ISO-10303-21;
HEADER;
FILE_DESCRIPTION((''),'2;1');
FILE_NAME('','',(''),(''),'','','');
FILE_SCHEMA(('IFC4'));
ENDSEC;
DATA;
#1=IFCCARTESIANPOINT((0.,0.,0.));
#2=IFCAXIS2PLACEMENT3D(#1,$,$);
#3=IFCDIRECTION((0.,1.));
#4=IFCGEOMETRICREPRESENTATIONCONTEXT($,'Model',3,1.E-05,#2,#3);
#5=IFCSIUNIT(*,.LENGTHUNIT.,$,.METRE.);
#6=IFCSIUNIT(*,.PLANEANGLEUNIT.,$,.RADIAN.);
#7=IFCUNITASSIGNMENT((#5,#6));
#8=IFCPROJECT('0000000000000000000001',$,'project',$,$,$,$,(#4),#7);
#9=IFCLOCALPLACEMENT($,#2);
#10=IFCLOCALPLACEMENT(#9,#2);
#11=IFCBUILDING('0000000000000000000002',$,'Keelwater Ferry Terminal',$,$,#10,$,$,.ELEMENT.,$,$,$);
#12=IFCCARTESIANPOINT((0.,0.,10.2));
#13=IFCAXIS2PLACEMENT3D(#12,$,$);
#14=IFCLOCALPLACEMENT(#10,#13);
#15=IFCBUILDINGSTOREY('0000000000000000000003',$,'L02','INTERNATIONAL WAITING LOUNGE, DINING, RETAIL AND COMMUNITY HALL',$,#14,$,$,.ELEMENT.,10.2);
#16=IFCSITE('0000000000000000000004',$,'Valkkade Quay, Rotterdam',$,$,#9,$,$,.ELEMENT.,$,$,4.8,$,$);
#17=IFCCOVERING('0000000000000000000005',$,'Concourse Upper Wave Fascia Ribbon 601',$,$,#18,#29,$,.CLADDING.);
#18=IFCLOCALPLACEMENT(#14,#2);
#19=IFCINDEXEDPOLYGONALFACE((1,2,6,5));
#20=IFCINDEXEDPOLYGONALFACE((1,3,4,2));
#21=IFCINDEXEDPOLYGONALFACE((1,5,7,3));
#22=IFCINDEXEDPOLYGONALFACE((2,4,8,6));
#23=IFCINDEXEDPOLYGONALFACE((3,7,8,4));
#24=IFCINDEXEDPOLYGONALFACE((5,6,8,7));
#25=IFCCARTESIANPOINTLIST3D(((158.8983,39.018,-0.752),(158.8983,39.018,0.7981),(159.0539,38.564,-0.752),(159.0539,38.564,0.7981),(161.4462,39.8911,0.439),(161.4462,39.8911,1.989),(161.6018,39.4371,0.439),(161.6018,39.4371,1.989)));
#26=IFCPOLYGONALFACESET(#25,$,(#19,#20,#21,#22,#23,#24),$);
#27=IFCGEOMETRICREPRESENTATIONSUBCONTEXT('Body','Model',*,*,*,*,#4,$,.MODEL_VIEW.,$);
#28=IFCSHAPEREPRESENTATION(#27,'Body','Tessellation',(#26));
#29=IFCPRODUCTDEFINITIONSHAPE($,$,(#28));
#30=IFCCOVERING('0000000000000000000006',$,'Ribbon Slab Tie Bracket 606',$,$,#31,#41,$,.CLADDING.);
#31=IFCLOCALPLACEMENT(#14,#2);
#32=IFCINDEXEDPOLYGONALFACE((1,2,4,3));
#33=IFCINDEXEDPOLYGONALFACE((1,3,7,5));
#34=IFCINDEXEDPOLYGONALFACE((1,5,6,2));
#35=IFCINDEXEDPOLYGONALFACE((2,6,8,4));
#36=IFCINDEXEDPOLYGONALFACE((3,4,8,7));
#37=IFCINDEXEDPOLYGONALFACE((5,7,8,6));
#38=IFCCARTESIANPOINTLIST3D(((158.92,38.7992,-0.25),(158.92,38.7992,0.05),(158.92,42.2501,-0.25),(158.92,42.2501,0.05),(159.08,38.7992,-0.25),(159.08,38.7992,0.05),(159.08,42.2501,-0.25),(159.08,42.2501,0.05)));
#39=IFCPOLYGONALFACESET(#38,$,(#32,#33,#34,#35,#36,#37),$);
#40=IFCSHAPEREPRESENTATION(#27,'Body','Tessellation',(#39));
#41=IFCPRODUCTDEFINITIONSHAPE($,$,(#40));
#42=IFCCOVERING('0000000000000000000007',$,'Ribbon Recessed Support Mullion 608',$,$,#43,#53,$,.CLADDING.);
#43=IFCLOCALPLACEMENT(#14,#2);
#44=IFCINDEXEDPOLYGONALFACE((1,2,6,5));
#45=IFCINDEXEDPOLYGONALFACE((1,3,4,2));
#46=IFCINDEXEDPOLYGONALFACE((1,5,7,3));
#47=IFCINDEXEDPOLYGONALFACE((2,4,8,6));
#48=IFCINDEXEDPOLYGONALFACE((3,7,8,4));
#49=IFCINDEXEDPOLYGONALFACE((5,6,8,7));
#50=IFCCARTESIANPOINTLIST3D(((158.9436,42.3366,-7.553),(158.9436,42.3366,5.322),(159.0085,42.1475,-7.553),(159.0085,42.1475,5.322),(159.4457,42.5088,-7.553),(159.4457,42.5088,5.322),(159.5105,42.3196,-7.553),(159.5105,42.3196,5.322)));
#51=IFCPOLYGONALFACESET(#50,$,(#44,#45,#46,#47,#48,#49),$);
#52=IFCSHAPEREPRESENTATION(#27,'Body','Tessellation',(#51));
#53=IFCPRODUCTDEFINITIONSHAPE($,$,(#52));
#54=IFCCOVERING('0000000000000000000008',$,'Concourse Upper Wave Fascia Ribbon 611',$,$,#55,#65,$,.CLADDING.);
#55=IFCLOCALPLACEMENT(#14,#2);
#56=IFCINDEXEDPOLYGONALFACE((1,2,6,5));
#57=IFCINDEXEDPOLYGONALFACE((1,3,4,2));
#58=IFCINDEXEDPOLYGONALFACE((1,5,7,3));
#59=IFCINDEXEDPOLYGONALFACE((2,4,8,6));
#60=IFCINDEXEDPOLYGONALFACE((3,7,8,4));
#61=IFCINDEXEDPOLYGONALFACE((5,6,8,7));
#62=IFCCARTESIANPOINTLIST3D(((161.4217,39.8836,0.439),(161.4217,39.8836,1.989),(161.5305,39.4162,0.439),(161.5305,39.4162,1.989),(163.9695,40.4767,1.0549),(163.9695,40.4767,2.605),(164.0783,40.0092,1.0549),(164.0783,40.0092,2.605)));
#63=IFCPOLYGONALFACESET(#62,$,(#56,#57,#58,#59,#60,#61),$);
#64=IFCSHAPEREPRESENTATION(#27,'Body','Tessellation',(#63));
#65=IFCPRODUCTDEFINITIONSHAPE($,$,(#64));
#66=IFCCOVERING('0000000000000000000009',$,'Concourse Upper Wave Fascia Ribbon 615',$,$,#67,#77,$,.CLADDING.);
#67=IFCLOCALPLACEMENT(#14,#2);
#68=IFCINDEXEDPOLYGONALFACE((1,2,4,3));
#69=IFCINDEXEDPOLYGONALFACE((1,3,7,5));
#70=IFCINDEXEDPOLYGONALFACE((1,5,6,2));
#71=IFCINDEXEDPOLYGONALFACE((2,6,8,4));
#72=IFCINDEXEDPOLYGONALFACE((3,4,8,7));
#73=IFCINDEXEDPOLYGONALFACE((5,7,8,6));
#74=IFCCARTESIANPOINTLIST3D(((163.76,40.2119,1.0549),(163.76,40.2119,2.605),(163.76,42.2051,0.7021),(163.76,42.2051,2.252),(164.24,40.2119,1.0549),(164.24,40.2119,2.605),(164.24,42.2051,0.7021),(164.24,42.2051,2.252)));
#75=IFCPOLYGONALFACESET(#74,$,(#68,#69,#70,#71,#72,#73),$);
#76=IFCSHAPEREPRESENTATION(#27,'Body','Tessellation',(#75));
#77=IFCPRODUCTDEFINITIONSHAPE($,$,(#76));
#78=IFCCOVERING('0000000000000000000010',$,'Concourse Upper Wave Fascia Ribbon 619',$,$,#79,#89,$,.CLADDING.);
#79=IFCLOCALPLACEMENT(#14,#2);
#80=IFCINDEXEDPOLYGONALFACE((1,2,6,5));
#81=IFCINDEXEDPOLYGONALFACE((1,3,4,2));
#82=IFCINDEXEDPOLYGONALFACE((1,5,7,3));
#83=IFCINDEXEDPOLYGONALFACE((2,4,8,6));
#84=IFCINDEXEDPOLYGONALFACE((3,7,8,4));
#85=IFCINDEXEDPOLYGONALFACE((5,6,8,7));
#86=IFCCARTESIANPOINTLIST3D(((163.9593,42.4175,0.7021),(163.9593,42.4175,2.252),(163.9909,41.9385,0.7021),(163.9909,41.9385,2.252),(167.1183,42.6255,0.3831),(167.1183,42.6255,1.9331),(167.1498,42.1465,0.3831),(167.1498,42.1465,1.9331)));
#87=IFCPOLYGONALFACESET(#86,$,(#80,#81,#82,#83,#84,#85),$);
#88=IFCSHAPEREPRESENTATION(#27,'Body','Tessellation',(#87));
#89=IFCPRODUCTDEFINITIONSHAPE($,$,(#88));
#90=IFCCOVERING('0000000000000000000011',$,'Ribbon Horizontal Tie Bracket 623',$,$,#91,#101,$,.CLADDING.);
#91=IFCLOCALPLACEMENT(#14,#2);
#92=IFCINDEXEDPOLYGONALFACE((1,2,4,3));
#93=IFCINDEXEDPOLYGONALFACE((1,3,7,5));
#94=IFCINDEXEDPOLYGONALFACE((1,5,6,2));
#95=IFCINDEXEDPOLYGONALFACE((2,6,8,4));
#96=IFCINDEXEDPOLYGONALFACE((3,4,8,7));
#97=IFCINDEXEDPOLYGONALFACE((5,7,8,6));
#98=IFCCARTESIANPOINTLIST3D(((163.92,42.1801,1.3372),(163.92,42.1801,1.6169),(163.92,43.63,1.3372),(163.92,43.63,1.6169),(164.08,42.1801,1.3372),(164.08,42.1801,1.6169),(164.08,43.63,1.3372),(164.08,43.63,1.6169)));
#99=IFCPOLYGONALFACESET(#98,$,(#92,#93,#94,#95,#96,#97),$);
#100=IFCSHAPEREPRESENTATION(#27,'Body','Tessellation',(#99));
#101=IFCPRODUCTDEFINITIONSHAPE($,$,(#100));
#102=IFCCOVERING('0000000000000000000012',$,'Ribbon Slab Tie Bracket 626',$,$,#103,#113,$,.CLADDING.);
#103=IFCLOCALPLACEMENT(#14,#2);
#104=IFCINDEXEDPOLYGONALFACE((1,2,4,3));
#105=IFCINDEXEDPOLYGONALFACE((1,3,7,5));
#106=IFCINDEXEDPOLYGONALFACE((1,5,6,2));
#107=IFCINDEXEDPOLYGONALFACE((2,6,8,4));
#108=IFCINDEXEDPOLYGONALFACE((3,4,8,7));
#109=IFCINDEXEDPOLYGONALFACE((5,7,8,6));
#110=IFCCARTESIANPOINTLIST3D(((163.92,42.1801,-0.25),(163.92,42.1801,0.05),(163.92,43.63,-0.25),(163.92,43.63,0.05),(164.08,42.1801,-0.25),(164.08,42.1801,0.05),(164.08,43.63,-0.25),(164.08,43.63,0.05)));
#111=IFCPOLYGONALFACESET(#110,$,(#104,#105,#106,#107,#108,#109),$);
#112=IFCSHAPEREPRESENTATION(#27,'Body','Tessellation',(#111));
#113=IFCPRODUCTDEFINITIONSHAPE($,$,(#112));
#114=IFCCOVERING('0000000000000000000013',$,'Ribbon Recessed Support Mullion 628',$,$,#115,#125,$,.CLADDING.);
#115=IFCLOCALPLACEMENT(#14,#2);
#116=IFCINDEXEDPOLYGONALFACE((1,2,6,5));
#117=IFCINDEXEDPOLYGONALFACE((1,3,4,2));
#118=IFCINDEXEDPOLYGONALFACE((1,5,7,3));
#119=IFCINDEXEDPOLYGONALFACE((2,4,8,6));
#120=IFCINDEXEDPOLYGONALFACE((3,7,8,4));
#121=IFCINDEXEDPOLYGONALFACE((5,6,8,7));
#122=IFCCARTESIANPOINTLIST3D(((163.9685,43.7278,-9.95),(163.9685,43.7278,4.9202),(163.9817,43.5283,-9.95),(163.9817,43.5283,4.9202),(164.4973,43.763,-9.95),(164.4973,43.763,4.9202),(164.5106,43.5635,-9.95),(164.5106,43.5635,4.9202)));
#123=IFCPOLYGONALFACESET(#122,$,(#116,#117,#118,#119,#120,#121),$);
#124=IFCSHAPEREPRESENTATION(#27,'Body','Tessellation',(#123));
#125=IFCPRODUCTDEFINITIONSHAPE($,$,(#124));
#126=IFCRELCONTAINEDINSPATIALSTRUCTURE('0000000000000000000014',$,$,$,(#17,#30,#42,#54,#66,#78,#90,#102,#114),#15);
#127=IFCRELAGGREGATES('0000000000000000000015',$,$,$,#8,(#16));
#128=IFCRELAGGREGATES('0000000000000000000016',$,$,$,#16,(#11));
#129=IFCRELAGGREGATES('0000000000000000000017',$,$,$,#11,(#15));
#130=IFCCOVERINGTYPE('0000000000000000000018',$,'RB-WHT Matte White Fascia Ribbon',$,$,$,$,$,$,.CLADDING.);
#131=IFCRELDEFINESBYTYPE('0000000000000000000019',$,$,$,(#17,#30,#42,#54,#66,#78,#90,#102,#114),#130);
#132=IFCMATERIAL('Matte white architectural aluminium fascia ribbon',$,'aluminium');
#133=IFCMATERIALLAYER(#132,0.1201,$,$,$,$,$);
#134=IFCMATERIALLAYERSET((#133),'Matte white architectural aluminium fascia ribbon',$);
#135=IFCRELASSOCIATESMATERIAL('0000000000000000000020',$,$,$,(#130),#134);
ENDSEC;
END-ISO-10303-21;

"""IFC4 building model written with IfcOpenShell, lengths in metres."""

from ifc_helpers import new_model, si_unit, direction, frame, frame_2d, origin, place, context, subcontext, project, spatial, polyline, rectangle, outline, extrude, material, layer, layer_set, type_object, element, save


model = new_model("IFC4")

# Units and contexts
model_context = context("Model", 3, precision=1e-05, world=origin(), true_north=direction((0.0, 1.0)))
body_context = subcontext(model_context, "Body", "Model", "MODEL_VIEW")
ifc_project = project(units=[si_unit("LENGTHUNIT", "METRE"), si_unit("PLANEANGLEUNIT", "RADIAN")], contexts=[model_context])

# Site, building, storey
site_placement = place(None, origin())
site = spatial("IfcSite", under=ifc_project, at=site_placement, Name="Valkkade Quay, Rotterdam", CompositionType="ELEMENT", RefElevation=4.8)
building_placement = place(site_placement, origin())
building = spatial("IfcBuilding", under=site, at=building_placement, Name="Keelwater Ferry Terminal", CompositionType="ELEMENT")
storey_placement = place(building_placement, frame((0.0, 0.0, 10.2)))
storey = spatial("IfcBuildingStorey", under=building, at=storey_placement, Name="L02", Description="INTERNATIONAL WAITING LOUNGE, DINING, RETAIL AND COMMUNITY HALL", CompositionType="ELEMENT", Elevation=10.2)

# Coverings
ifc_material_1 = material(Name="Matte white architectural aluminium fascia ribbon", Category="aluminium")
ifc_layer_1 = layer(ifc_material_1, 0.1201)
ifc_layer_set_1 = layer_set([ifc_layer_1], Name="Matte white architectural aluminium fascia ribbon")
covering_type = type_object("IfcCoveringType", Name="RB-WHT Matte White Fascia Ribbon", PredefinedType="CLADDING", material=ifc_layer_set_1)
covering_1_placement = place(storey_placement, frame((158.9761, 38.791, -0.752), z_axis=(0.0, 0.0, 1.0), x_axis=(0.946003, 0.324157, 0.0)))
element("IfcCovering", 1, at=covering_1_placement, inside=storey, type_object=covering_type, Name="Concourse Upper Wave Fascia Ribbon 601", PredefinedType="CLADDING", context=body_context, shape_type="SweptSolid", body=[
    extrude(outline(polyline([(0.0, 0.0), (2.6934, 1.1909), (2.6934, 2.741), (0.0, 1.55), (0.0, 0.0)])), frame((0.0, 0.24, 0.0), z_axis=(0.0, -1.0, 0.0), x_axis=(1.0, 0.0, 0.0)), (0.0, 0.0, 1.0), 0.48),
])
covering_2_placement = place(storey_placement, frame((159.0, 38.7991, -0.25), z_axis=(0.0, 0.0, 1.0), x_axis=(0.0, 1.0, 0.0)))
element("IfcCovering", 2, at=covering_2_placement, inside=storey, type_object=covering_type, Name="Ribbon Slab Tie Bracket 606", PredefinedType="CLADDING", context=body_context, shape_type="SweptSolid", body=[
    extrude(rectangle(XDim=3.4509, YDim=0.1599, at=frame_2d((1.7256, 0.0))), origin(), (0.0, 0.0, 1.0), 0.3),
])
covering_3_placement = place(storey_placement, frame((158.9761, 42.2419, -7.553), z_axis=(0.0, 0.0, 1.0), x_axis=(0.945934, 0.32436, 0.0)))
element("IfcCovering", 3, at=covering_3_placement, inside=storey, type_object=covering_type, Name="Ribbon Recessed Support Mullion 608", PredefinedType="CLADDING", context=body_context, shape_type="SweptSolid", body=[
    extrude(outline(polyline([(0.0, 0.0), (0.5308, 0.0), (0.5308, 12.875), (0.0, 12.875), (0.0, 0.0)])), frame((0.0, 0.1001, 0.0), z_axis=(0.0, -1.0, 0.0), x_axis=(1.0, 0.0, 0.0)), (0.0, 0.0, 1.0), 0.2),
])
covering_4_placement = place(storey_placement, frame((161.4761, 39.6499, 0.439), z_axis=(0.0, 0.0, 1.0), x_axis=(0.973966, 0.226693, 0.0)))
element("IfcCovering", 4, at=covering_4_placement, inside=storey, type_object=covering_type, Name="Concourse Upper Wave Fascia Ribbon 611", PredefinedType="CLADDING", context=body_context, shape_type="SweptSolid", body=[
    extrude(outline(polyline([(0.0, 0.0), (2.616, 0.616), (2.616, 2.166), (0.0, 1.55), (0.0, 0.0)])), frame((0.0, 0.24, 0.0), z_axis=(0.0, -1.0, 0.0), x_axis=(1.0, 0.0, 0.0)), (0.0, 0.0, 1.0), 0.48),
])
covering_5_placement = place(storey_placement, frame((164.0, 40.2119, 0.7021), z_axis=(0.0, 0.0, 1.0), x_axis=(0.0, 1.0, 0.0)))
element("IfcCovering", 5, at=covering_5_placement, inside=storey, type_object=covering_type, Name="Concourse Upper Wave Fascia Ribbon 615", PredefinedType="CLADDING", context=body_context, shape_type="SweptSolid", body=[
    extrude(outline(polyline([(0.0, 0.3528), (1.9932, 0.0), (1.9932, 1.5498), (0.0, 1.9028), (0.0, 0.3528)])), frame((0.0, 0.24, 0.0), z_axis=(0.0, -1.0, 0.0), x_axis=(1.0, 0.0, 0.0)), (0.0, 0.0, 1.0), 0.48),
])
covering_6_placement = place(storey_placement, frame((163.9751, 42.178, 0.3831), z_axis=(0.0, 0.0, 1.0), x_axis=(0.997839, 0.065705, 0.0)))
element("IfcCovering", 6, at=covering_6_placement, inside=storey, type_object=covering_type, Name="Concourse Upper Wave Fascia Ribbon 619", PredefinedType="CLADDING", context=body_context, shape_type="SweptSolid", body=[
    extrude(outline(polyline([(0.0, 0.3191), (3.1658, 0.0), (3.1658, 1.55), (0.0, 1.8689), (0.0, 0.3191)])), frame((0.0, 0.24, 0.0), z_axis=(0.0, -1.0, 0.0), x_axis=(1.0, 0.0, 0.0)), (0.0, 0.0, 1.0), 0.48),
])
covering_7_placement = place(storey_placement, frame((164.0, 42.1799, 1.3372), z_axis=(0.0, 0.0, 1.0), x_axis=(0.0, 1.0, 0.0)))
element("IfcCovering", 7, at=covering_7_placement, inside=storey, type_object=covering_type, Name="Ribbon Horizontal Tie Bracket 623", PredefinedType="CLADDING", context=body_context, shape_type="SweptSolid", body=[
    extrude(rectangle(XDim=1.45, YDim=0.1599, at=frame_2d((0.7251, 0.0))), origin(), (0.0, 0.0, 1.0), 0.2798),
])
covering_8_placement = place(storey_placement, frame((164.0, 42.1799, -0.25), z_axis=(0.0, 0.0, 1.0), x_axis=(0.0, 1.0, 0.0)))
element("IfcCovering", 8, at=covering_8_placement, inside=storey, type_object=covering_type, Name="Ribbon Slab Tie Bracket 626", PredefinedType="CLADDING", context=body_context, shape_type="SweptSolid", body=[
    extrude(rectangle(XDim=1.45, YDim=0.1599, at=frame_2d((0.7251, 0.0))), origin(), (0.0, 0.0, 1.0), 0.3),
])
covering_9_placement = place(storey_placement, frame((163.9751, 43.6279, -9.95), z_axis=(0.0, 0.0, 1.0), x_axis=(0.997797, 0.066336, 0.0)))
element("IfcCovering", 9, at=covering_9_placement, inside=storey, type_object=covering_type, Name="Ribbon Recessed Support Mullion 628", PredefinedType="CLADDING", context=body_context, shape_type="SweptSolid", body=[
    extrude(outline(polyline([(0.0, 0.0), (0.53, 0.0), (0.53, 14.8701), (0.0, 14.8701), (0.0, 0.0)])), frame((0.0, 0.1001, 0.0), z_axis=(0.0, -1.0, 0.0), x_axis=(1.0, 0.0, 0.0)), (0.0, 0.0, 1.0), 0.2),
])

save(model, "model.ifc")
